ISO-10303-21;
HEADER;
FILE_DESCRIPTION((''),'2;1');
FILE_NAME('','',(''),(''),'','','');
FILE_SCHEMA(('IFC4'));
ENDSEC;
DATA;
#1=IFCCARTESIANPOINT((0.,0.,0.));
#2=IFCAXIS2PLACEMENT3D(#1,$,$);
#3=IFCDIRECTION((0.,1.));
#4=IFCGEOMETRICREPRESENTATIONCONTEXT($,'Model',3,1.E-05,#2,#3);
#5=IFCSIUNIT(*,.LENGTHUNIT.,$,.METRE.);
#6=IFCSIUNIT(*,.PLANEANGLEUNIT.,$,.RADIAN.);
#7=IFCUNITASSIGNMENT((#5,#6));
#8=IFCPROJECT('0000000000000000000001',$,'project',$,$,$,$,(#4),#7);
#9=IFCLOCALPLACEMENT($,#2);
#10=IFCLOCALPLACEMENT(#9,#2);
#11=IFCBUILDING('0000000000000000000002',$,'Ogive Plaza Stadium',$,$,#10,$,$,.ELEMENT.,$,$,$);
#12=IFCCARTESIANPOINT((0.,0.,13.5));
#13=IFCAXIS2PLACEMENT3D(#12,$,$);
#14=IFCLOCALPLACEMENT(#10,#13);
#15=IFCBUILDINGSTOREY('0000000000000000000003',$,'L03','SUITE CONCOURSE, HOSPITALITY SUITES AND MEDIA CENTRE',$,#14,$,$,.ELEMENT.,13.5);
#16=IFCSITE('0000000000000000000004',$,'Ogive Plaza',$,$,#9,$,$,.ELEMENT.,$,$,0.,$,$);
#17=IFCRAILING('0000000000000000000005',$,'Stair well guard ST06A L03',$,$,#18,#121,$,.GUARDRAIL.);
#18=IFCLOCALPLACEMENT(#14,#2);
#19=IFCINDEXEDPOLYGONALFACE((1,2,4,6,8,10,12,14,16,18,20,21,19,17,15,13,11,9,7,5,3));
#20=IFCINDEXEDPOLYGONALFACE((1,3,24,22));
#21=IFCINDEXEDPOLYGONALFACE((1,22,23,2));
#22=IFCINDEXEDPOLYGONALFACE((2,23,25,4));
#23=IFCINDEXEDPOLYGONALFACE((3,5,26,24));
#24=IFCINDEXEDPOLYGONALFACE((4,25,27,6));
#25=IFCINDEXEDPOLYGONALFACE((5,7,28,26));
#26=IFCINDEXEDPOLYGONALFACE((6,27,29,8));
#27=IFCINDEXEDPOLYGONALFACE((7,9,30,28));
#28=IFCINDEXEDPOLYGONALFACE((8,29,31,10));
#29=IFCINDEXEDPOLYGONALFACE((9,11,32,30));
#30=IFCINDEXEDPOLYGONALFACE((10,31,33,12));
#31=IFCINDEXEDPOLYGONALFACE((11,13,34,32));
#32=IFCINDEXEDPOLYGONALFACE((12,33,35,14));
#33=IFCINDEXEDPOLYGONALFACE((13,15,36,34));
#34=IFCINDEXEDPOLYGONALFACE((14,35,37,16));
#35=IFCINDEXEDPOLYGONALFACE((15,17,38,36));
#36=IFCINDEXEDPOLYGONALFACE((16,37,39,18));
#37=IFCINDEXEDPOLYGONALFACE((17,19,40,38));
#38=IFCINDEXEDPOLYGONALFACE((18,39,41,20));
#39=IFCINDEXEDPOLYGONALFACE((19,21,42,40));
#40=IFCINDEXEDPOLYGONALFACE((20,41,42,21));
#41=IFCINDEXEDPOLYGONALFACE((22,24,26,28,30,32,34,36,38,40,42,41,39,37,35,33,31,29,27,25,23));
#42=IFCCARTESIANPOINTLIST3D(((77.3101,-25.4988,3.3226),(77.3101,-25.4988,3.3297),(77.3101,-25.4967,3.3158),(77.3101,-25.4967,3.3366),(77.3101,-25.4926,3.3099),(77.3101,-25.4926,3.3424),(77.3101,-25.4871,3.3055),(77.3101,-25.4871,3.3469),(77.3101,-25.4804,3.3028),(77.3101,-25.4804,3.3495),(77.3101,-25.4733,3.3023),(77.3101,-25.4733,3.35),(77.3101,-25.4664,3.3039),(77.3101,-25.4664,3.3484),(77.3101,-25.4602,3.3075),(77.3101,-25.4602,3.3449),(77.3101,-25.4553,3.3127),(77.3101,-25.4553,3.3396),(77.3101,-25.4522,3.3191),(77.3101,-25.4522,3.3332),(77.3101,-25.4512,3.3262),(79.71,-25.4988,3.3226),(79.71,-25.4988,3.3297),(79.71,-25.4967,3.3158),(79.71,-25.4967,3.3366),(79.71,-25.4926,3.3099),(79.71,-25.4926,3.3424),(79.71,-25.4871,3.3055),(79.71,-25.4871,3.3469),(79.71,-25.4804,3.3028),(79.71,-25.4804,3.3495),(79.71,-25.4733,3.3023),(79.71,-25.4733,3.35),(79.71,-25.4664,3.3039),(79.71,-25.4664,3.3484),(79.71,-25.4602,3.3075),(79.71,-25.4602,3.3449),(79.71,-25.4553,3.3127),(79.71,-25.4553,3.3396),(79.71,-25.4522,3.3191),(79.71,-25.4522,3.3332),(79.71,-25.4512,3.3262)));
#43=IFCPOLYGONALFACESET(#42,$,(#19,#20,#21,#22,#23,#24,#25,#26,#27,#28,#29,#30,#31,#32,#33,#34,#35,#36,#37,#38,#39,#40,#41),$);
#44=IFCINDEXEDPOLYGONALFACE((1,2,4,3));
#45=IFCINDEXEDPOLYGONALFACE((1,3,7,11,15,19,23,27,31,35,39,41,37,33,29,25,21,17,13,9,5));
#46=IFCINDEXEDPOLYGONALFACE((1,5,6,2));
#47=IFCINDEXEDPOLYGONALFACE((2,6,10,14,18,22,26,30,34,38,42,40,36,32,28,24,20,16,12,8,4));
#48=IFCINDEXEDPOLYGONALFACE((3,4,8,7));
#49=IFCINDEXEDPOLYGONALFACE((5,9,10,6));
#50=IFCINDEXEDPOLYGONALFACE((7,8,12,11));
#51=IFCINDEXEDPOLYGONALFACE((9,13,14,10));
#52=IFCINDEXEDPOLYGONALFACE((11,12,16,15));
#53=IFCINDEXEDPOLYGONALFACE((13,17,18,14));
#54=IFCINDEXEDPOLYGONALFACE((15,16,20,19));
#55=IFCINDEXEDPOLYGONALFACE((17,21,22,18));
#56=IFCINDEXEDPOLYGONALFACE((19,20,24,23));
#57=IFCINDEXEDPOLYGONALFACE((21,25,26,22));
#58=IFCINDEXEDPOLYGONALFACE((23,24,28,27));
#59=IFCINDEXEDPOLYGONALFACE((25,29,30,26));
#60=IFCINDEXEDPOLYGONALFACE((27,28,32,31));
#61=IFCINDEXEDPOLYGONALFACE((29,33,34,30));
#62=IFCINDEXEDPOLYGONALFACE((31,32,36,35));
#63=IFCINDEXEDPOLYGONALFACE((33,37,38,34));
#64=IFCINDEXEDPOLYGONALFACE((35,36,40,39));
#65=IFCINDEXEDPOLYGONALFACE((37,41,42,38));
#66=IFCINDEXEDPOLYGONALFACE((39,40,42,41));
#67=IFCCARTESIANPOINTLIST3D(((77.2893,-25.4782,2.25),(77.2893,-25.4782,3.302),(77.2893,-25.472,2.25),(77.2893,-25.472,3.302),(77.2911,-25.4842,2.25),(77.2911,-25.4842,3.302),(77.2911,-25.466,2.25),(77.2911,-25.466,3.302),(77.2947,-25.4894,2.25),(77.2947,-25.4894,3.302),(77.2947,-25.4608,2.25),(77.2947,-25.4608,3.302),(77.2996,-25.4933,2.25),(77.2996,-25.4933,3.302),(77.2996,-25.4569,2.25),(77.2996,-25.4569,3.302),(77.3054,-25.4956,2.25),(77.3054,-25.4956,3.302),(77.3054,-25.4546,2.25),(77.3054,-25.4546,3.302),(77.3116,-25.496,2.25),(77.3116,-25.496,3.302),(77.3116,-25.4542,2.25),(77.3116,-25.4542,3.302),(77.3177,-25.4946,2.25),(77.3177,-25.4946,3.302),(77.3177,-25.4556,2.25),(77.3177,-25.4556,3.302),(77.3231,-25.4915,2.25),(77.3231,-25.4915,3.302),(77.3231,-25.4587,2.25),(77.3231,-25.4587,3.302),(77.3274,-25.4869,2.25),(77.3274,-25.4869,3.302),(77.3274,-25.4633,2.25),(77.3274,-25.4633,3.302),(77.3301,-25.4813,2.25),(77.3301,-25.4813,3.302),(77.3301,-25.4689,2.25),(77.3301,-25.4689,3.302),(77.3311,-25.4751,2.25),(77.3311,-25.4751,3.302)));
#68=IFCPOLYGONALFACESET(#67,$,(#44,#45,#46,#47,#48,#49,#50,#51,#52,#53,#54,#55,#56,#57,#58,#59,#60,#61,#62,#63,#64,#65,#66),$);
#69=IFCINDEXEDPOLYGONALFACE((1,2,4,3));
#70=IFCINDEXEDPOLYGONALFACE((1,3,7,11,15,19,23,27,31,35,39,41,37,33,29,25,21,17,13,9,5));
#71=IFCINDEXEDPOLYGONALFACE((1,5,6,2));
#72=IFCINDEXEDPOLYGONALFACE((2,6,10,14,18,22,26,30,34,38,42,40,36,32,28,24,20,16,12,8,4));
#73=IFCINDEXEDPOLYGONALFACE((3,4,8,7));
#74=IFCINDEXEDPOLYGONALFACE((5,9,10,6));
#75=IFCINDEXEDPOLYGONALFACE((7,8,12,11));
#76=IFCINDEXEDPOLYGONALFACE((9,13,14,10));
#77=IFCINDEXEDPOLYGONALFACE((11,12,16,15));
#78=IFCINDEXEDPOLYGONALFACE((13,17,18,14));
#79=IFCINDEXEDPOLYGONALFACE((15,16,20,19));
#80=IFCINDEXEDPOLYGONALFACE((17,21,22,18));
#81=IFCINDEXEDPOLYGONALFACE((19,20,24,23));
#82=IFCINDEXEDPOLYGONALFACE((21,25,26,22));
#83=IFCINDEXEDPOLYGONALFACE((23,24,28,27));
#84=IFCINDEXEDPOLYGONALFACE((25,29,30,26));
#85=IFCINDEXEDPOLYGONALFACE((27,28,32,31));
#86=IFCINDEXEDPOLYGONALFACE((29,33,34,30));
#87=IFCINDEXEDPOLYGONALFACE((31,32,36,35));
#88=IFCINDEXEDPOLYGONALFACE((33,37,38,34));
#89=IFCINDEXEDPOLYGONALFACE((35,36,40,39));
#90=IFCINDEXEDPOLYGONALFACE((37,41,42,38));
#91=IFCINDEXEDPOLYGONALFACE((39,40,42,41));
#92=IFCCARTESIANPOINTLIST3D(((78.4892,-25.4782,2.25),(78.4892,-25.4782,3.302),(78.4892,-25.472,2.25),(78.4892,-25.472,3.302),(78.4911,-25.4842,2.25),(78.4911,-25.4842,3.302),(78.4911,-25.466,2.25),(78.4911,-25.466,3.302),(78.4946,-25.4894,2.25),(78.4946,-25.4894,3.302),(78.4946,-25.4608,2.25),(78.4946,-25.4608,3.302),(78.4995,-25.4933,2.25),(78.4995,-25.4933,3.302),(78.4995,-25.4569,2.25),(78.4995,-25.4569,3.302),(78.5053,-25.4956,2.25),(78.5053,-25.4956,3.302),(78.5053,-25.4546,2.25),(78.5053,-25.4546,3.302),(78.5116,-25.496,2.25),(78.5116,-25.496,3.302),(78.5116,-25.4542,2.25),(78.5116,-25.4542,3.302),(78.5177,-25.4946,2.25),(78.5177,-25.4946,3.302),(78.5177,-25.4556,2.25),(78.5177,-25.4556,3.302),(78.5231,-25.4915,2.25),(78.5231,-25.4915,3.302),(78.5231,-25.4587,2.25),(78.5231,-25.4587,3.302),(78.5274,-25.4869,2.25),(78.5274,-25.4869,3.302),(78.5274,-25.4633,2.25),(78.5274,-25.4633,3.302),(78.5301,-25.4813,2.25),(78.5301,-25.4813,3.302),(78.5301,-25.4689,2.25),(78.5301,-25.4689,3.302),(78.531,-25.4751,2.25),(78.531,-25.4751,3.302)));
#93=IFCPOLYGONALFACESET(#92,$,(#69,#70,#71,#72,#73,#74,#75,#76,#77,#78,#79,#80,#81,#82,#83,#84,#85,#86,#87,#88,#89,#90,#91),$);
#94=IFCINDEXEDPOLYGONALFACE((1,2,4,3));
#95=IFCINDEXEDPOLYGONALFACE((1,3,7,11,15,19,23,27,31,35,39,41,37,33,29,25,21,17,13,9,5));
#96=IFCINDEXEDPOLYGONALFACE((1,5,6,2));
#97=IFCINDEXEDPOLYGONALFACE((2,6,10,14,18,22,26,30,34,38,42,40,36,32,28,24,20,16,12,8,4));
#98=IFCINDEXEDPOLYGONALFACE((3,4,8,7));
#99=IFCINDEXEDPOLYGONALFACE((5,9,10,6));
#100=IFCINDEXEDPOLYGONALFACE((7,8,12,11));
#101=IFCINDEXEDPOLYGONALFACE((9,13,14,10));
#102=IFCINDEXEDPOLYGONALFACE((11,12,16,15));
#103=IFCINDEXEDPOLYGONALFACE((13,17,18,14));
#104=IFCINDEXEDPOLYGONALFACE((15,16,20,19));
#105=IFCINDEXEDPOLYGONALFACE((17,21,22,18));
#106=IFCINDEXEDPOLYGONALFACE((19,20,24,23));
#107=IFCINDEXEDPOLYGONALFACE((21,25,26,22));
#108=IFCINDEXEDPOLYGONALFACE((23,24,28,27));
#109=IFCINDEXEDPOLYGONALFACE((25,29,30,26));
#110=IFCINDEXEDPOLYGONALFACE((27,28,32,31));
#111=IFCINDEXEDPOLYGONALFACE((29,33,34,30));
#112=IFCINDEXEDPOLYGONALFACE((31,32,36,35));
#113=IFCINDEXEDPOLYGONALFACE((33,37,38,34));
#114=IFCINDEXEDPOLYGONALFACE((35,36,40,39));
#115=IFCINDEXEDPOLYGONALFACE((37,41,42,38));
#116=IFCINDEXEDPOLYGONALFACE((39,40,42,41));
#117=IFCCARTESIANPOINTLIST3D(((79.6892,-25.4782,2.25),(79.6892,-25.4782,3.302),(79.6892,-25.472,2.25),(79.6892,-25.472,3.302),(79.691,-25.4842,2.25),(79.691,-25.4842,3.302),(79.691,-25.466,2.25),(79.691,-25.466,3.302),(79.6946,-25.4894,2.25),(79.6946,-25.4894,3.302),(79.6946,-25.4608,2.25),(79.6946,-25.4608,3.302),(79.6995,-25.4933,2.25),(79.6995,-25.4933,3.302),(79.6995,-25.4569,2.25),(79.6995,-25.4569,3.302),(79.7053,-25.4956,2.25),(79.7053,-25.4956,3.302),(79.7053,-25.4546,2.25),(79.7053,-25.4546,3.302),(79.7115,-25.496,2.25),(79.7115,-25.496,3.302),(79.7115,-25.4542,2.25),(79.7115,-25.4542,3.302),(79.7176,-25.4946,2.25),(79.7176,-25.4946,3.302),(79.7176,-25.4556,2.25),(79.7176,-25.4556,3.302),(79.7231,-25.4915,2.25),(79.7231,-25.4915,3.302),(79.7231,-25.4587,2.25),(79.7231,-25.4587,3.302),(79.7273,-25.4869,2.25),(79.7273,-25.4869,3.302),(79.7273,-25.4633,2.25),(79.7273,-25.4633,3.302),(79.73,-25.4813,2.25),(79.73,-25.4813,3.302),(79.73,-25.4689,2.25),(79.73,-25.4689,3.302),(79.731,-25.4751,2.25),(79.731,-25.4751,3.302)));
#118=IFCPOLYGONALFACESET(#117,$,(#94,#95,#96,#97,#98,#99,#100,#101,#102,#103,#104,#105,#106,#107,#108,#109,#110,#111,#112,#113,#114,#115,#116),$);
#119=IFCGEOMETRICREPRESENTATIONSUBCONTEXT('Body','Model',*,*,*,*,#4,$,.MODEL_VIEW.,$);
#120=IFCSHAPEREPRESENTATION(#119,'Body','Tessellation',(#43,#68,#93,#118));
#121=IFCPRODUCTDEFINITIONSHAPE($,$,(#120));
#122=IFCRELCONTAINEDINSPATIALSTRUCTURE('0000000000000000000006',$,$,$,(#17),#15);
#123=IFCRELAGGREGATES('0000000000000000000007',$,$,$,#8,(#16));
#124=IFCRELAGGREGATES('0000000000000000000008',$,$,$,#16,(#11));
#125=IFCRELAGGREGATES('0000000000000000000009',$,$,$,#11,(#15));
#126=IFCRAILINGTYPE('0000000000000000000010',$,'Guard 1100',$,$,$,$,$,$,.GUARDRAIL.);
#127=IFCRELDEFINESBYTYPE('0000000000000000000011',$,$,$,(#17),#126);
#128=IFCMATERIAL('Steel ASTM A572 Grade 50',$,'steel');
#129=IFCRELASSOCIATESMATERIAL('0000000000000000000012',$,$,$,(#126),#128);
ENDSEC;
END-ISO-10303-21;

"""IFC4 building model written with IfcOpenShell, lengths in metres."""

from ifc_helpers import new_model, si_unit, direction, frame, origin, origin_2d, place, context, subcontext, project, spatial, circle, extrude, material, type_object, element, save


model = new_model("IFC4")

# Units and contexts
model_context = context("Model", 3, precision=1e-05, world=origin(), true_north=direction((0.0, 1.0)))
body_context = subcontext(model_context, "Body", "Model", "MODEL_VIEW")
ifc_project = project(units=[si_unit("LENGTHUNIT", "METRE"), si_unit("PLANEANGLEUNIT", "RADIAN")], contexts=[model_context])

# Site, building, storey
site_placement = place(None, origin())
site = spatial("IfcSite", under=ifc_project, at=site_placement, Name="Ogive Plaza", CompositionType="ELEMENT", RefElevation=0.0)
building_placement = place(site_placement, origin())
building = spatial("IfcBuilding", under=site, at=building_placement, Name="Ogive Plaza Stadium", CompositionType="ELEMENT")
storey_placement = place(building_placement, frame((0.0, 0.0, 13.5)))
storey = spatial("IfcBuildingStorey", under=building, at=storey_placement, Name="L03", Description="SUITE CONCOURSE, HOSPITALITY SUITES AND MEDIA CENTRE", CompositionType="ELEMENT", Elevation=13.5)

# Railing
ifc_material_1 = material(Name="Steel ASTM A572 Grade 50", Category="steel")
railing_type_1 = type_object("IfcRailingType", Name="Guard 1100", PredefinedType="GUARDRAIL", material=ifc_material_1)
for number, where, name in (
    (1, (77.3101, -25.4751, 2.25), "Stair well guard ST06A L03"),
):
    element("IfcRailing", number, at=place(storey_placement, frame(where)), inside=storey, type_object=railing_type_1, Name=name, PredefinedType="GUARDRAIL", context=body_context, shape_type="SweptSolid", body=[
        extrude(circle(Radius=0.0239, at=origin_2d()), frame((0.0, 0.0, 1.0762), z_axis=(1.0, 0.0, 0.0), x_axis=(0.0, 1.0, 0.0)), (0.0, 0.0, 1.0), 2.3999),
        extrude(circle(Radius=0.021, at=origin_2d()), origin(), (0.0, 0.0, 1.0), 1.052),
        extrude(circle(Radius=0.021, at=origin_2d()), frame((1.2, 0.0, 0.0)), (0.0, 0.0, 1.0), 1.052),
        extrude(circle(Radius=0.021, at=origin_2d()), frame((2.3999, 0.0, 0.0)), (0.0, 0.0, 1.0), 1.052),
    ])

save(model, "model.ifc")
